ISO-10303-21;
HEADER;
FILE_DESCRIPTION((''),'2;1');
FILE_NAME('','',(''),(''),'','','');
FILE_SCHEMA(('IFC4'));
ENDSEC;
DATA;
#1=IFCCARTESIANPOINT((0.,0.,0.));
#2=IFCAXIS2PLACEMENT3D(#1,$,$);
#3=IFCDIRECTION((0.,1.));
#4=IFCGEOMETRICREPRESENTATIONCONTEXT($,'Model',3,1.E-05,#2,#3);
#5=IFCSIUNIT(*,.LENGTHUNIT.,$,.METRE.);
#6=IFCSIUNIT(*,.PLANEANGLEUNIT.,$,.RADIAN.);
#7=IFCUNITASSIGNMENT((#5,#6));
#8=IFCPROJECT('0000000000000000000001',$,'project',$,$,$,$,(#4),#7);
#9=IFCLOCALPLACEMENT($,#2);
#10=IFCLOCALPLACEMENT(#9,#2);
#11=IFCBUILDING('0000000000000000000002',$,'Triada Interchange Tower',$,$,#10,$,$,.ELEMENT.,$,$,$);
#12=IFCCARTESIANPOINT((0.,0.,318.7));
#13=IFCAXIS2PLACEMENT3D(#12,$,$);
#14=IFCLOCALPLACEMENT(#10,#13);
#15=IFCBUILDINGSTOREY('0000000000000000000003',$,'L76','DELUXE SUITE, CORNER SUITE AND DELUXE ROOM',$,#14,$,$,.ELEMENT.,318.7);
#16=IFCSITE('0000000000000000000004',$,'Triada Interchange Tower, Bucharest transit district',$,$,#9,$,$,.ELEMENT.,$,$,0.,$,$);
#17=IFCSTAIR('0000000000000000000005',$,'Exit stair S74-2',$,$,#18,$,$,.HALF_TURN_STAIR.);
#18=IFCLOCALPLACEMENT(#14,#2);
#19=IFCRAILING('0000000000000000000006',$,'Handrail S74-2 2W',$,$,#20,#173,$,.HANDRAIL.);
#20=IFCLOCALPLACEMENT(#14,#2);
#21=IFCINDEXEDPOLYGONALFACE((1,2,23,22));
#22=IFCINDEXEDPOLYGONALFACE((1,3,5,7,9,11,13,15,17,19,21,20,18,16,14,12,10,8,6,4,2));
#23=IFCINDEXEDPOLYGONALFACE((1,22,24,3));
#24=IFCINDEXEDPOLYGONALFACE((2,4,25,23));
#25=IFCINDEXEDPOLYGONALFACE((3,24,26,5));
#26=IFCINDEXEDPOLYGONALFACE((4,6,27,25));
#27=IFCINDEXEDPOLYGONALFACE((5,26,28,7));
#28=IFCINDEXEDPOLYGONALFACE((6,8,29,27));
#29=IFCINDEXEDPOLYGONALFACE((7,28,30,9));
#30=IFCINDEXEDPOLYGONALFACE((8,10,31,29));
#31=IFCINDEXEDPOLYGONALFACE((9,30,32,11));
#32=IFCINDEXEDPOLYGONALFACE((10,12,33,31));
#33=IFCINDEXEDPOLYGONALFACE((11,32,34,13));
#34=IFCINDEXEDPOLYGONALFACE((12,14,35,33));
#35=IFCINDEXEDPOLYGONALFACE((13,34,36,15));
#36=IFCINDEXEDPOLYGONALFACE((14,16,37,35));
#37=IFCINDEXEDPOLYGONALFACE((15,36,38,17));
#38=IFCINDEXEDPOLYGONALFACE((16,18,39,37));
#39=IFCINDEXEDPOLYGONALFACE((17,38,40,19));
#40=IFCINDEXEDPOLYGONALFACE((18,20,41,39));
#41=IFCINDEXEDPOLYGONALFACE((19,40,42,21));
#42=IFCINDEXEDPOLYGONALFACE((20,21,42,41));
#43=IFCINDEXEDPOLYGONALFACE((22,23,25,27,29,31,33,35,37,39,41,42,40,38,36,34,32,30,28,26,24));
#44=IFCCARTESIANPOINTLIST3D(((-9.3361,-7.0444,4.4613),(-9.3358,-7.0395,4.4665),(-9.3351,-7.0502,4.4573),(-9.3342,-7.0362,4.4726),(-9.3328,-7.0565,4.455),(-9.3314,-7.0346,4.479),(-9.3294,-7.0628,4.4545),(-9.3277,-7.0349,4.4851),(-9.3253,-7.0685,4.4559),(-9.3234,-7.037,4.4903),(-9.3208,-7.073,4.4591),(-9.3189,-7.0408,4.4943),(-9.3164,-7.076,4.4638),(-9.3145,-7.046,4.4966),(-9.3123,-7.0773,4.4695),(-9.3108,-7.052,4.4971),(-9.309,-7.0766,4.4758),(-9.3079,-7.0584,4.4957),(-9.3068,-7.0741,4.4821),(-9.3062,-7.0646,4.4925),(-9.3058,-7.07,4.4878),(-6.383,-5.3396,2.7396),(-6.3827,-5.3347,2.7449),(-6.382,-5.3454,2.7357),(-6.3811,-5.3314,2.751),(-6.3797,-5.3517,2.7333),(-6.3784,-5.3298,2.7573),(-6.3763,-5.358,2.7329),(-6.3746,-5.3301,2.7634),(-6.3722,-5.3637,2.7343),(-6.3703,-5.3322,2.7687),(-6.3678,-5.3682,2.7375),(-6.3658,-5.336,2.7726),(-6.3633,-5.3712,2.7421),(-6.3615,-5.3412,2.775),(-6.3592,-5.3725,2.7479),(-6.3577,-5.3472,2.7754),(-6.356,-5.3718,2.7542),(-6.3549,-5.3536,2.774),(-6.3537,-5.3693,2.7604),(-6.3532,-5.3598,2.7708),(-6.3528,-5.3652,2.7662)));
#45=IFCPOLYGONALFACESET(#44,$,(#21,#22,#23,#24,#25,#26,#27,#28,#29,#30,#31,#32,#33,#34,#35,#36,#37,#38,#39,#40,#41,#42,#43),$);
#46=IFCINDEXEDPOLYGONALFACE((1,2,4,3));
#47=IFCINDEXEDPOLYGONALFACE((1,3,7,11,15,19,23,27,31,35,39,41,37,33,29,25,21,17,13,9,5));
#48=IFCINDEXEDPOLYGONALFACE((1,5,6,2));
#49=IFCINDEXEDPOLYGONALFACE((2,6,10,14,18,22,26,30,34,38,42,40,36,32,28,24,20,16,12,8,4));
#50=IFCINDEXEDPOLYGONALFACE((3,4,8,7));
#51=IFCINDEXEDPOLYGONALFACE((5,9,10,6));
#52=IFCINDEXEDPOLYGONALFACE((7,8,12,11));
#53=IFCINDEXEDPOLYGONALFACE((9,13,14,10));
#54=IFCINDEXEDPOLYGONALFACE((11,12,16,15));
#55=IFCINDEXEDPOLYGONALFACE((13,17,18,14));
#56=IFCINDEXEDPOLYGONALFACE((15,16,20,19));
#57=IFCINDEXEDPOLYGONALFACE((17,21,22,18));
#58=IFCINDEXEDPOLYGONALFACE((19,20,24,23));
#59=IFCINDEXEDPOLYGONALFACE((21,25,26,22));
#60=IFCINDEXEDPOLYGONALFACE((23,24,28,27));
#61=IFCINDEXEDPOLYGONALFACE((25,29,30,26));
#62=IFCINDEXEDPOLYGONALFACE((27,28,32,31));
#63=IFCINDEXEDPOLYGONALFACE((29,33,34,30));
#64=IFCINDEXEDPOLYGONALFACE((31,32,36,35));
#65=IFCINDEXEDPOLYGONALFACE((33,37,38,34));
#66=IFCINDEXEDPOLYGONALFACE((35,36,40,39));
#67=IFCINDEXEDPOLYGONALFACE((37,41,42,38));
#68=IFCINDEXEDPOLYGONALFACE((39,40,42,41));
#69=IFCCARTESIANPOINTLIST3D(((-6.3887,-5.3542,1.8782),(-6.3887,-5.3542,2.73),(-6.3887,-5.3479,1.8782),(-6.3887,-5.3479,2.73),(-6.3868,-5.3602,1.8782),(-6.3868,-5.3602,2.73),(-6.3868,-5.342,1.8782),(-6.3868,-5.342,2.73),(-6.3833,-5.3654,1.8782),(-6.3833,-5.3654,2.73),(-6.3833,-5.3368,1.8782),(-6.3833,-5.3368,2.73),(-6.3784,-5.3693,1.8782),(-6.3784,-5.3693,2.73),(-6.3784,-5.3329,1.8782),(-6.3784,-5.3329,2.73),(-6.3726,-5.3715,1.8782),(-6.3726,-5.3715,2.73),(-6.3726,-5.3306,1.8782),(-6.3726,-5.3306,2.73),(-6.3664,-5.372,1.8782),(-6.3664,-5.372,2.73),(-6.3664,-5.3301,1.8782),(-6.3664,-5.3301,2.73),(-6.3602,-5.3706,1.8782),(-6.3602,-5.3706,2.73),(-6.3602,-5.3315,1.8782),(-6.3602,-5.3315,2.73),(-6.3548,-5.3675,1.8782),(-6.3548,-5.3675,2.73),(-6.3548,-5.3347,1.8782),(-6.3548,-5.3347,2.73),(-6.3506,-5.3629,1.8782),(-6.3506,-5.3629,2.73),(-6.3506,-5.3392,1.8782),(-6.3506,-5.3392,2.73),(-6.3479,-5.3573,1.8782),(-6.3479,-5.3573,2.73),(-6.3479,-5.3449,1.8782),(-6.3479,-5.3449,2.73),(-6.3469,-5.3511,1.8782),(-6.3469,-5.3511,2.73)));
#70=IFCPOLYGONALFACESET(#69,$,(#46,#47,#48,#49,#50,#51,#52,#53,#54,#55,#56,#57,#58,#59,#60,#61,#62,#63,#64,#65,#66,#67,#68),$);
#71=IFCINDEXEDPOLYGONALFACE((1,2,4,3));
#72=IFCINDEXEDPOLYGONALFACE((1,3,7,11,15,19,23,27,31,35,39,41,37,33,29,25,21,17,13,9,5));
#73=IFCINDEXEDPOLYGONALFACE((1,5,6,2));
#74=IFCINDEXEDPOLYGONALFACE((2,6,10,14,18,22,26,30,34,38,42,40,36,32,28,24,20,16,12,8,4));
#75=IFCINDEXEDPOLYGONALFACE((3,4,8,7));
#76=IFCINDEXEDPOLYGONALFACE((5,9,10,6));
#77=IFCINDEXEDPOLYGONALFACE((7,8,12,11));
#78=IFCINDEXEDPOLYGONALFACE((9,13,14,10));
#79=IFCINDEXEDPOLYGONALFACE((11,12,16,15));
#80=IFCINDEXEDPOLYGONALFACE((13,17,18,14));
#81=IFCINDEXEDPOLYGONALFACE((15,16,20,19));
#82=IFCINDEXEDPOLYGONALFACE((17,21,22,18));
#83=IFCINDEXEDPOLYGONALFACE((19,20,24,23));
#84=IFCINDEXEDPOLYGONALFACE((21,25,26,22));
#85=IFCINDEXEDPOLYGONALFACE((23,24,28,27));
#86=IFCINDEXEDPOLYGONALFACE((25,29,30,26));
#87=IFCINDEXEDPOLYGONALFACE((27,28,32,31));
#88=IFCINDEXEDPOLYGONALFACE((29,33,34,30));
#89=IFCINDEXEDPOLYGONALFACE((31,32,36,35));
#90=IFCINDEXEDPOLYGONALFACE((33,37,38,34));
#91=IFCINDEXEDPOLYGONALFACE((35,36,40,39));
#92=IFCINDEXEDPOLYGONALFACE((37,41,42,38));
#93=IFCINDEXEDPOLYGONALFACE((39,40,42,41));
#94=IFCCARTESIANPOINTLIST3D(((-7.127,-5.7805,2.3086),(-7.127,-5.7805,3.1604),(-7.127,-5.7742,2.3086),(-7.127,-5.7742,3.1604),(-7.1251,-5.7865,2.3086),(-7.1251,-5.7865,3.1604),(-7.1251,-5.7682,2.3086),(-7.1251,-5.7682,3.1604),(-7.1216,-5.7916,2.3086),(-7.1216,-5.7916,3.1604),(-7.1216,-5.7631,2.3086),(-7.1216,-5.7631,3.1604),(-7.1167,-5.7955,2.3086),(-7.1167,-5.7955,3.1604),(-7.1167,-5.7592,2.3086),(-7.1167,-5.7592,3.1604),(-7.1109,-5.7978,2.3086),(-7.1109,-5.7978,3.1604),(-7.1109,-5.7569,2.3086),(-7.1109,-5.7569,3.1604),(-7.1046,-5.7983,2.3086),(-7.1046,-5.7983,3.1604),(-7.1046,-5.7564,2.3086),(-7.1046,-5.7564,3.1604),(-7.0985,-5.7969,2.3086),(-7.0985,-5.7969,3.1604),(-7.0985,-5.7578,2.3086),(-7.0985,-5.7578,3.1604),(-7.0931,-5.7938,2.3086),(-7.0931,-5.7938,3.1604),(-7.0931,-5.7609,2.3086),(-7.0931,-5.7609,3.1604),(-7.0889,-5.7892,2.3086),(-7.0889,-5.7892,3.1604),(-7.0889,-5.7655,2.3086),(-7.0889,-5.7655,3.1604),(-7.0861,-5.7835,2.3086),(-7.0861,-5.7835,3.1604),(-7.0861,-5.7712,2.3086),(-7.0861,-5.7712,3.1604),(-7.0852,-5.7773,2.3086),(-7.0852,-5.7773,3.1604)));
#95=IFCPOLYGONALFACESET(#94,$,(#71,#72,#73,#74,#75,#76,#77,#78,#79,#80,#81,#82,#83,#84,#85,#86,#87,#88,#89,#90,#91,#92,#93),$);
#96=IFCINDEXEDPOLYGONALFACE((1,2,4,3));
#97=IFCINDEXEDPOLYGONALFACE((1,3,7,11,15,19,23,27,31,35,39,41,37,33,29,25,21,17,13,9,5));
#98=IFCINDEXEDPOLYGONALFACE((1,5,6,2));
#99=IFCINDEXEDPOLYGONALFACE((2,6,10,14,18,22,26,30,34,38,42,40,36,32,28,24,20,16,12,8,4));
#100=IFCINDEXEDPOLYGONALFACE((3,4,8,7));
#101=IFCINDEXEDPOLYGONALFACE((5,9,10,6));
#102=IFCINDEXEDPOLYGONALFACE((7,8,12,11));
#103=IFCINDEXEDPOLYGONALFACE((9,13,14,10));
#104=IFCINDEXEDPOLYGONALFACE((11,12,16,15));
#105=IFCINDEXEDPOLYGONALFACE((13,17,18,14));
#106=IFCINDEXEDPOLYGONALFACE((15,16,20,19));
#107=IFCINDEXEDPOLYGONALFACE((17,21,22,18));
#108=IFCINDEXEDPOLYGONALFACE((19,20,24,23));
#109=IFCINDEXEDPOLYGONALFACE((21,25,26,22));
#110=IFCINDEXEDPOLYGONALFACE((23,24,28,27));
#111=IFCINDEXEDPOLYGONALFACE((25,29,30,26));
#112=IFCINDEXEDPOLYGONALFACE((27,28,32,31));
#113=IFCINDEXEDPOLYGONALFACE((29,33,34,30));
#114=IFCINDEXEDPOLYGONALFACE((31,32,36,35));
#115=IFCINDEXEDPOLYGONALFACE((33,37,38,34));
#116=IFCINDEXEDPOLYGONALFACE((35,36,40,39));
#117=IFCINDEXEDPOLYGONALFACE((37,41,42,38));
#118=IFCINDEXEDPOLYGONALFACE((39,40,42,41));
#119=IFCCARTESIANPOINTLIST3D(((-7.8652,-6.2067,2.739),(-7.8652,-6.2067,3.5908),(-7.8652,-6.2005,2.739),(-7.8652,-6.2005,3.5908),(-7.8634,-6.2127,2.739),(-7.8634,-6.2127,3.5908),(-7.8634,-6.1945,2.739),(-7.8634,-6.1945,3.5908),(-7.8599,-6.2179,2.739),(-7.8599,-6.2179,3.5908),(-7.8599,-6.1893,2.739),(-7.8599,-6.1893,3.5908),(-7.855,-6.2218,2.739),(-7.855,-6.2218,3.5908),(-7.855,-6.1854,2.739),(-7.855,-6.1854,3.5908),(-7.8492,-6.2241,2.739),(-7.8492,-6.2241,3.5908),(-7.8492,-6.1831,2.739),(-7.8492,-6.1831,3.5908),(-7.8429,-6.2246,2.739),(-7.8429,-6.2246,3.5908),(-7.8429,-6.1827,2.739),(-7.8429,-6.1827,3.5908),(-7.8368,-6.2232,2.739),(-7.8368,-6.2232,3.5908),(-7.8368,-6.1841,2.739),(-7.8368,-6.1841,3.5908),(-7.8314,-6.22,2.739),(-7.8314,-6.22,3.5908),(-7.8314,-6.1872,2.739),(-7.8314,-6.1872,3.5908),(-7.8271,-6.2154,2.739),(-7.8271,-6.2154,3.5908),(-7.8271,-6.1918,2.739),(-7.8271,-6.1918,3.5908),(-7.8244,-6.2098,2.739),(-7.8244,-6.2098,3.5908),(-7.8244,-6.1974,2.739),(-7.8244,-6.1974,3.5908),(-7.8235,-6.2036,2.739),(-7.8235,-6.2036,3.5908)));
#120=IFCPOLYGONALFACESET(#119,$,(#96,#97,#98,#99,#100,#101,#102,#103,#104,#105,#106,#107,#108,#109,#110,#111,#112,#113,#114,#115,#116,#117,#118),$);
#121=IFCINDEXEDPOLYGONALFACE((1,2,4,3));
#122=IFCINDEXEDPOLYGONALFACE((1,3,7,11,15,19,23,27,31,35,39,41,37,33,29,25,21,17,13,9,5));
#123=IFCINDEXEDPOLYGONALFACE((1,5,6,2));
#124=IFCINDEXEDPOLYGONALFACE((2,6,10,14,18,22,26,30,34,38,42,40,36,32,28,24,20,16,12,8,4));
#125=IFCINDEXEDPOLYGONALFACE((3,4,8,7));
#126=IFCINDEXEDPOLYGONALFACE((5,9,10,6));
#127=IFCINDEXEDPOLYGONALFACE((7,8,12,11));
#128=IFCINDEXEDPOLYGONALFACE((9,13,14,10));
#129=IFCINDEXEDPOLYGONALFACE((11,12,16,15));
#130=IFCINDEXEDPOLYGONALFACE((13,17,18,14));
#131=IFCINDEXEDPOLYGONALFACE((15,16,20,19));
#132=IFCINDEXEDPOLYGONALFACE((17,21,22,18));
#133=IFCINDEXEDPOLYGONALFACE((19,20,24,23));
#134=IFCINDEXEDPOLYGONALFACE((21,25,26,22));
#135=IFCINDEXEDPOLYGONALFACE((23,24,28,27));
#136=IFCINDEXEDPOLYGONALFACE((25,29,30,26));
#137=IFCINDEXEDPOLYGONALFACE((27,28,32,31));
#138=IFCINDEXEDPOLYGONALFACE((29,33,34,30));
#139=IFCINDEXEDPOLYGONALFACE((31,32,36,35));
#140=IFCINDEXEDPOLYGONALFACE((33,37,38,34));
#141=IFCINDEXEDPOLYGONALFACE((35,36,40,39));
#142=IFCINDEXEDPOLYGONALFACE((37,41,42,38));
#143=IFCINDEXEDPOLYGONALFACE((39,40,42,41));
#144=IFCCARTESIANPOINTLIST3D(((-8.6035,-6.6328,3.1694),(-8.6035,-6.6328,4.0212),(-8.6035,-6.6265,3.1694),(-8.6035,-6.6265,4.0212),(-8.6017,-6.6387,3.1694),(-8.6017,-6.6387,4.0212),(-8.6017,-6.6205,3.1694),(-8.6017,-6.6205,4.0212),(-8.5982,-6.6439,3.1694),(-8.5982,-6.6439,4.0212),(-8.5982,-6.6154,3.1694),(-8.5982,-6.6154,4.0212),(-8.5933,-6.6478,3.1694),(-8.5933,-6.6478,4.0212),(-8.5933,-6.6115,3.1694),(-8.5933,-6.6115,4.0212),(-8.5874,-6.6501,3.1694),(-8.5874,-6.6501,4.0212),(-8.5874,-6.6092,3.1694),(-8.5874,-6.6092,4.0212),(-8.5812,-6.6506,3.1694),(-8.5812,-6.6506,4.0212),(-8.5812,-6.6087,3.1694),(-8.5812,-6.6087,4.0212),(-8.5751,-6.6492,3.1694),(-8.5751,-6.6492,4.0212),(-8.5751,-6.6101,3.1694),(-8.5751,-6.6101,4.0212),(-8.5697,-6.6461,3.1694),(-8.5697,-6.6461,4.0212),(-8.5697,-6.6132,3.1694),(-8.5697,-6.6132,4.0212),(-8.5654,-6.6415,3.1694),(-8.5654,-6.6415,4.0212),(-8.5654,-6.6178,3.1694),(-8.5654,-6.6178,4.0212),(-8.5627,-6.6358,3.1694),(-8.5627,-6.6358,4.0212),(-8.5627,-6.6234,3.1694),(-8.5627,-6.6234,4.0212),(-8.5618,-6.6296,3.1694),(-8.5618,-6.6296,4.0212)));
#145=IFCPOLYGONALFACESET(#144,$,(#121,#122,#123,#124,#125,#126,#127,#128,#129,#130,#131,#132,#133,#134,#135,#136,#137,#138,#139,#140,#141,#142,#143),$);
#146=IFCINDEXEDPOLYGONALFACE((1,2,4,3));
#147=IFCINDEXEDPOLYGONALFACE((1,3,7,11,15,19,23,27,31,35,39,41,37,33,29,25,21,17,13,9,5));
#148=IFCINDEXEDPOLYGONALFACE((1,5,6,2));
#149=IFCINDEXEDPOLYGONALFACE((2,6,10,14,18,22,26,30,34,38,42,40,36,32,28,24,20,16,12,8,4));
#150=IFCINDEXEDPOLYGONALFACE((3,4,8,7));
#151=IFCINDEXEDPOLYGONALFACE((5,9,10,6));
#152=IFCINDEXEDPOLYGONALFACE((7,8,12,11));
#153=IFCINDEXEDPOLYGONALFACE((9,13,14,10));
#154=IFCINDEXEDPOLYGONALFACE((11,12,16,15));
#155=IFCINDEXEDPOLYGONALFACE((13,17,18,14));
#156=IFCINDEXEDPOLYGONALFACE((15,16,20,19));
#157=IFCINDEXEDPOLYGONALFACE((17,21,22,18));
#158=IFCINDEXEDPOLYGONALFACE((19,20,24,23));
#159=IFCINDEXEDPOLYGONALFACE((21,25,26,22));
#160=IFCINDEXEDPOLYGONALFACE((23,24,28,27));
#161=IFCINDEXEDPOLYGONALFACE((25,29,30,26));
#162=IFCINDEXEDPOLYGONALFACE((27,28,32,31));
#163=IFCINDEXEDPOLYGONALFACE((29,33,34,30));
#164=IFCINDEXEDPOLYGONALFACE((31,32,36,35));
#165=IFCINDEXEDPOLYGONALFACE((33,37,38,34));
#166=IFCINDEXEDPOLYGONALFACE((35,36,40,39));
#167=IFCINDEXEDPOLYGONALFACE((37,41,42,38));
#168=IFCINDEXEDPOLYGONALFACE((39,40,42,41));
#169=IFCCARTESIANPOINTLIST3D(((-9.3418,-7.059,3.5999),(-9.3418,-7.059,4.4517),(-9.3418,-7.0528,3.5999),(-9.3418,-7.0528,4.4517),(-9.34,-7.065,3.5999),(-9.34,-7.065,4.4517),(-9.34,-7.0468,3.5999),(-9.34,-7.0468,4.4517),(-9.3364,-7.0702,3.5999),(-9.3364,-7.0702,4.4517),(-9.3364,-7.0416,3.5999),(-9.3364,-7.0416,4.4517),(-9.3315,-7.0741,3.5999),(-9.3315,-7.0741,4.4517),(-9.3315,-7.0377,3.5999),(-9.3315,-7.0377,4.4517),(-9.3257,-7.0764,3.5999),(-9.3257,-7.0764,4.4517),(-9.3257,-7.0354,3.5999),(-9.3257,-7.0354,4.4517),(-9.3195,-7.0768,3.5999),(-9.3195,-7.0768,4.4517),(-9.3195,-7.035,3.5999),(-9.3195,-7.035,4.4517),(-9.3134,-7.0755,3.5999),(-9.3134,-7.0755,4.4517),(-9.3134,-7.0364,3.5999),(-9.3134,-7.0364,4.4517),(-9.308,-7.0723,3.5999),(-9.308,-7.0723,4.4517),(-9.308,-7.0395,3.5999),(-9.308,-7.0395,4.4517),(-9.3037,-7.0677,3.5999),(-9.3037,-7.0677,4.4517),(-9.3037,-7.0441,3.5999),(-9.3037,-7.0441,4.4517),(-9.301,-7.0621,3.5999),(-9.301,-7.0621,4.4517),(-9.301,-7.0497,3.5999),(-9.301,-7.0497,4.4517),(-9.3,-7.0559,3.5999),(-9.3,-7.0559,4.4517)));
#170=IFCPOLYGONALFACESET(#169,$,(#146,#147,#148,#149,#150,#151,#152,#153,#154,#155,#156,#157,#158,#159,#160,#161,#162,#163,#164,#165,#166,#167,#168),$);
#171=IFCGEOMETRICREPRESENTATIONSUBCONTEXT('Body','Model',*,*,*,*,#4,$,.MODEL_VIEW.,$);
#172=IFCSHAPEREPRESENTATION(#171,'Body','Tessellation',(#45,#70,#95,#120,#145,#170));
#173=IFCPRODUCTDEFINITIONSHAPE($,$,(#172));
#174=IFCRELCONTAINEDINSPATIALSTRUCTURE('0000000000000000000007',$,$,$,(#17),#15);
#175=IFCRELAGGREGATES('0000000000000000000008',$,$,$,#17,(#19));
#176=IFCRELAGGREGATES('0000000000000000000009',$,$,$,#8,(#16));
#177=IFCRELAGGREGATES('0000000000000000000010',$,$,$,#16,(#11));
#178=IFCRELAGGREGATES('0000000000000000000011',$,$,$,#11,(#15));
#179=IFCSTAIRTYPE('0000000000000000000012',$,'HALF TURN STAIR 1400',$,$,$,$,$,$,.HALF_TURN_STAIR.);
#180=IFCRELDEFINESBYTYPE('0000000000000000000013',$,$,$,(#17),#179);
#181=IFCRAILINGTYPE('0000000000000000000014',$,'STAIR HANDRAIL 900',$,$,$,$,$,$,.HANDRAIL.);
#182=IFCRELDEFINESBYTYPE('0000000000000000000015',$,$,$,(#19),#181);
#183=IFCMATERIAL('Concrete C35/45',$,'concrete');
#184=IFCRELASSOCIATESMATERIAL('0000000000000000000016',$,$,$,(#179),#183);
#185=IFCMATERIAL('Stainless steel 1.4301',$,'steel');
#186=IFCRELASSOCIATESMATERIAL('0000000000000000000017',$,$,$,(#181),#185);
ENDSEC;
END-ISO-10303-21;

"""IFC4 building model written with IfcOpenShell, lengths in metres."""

from ifc_helpers import new_model, si_unit, direction, frame, origin, origin_2d, place, context, subcontext, project, spatial, circle, extrude, material, type_object, element, aggregate, save


model = new_model("IFC4")

# Units and contexts
model_context = context("Model", 3, precision=1e-05, world=origin(), true_north=direction((0.0, 1.0)))
body_context = subcontext(model_context, "Body", "Model", "MODEL_VIEW")
ifc_project = project(units=[si_unit("LENGTHUNIT", "METRE"), si_unit("PLANEANGLEUNIT", "RADIAN")], contexts=[model_context])

# Site, building, storey
site_placement = place(None, origin())
site = spatial("IfcSite", under=ifc_project, at=site_placement, Name="Triada Interchange Tower, Bucharest transit district", CompositionType="ELEMENT", RefElevation=0.0)
building_placement = place(site_placement, origin())
building = spatial("IfcBuilding", under=site, at=building_placement, Name="Triada Interchange Tower", CompositionType="ELEMENT")
storey_placement = place(building_placement, frame((0.0, 0.0, 318.7)))
storey = spatial("IfcBuildingStorey", under=building, at=storey_placement, Name="L76", Description="DELUXE SUITE, CORNER SUITE AND DELUXE ROOM", CompositionType="ELEMENT", Elevation=318.7)

# Stair, railing
ifc_material_1 = material(Name="Concrete C35/45", Category="concrete")
stair_type = type_object("IfcStairType", Name="HALF TURN STAIR 1400", PredefinedType="HALF_TURN_STAIR", material=ifc_material_1)
stair_placement = place(storey_placement, origin())
stair = element("IfcStair", 1, at=stair_placement, inside=storey, type_object=stair_type, Name="Exit stair S74-2", PredefinedType="HALF_TURN_STAIR")
ifc_material_2 = material(Name="Stainless steel 1.4301", Category="steel")
railing_type = type_object("IfcRailingType", Name="STAIR HANDRAIL 900", PredefinedType="HANDRAIL", material=ifc_material_2)
railing_1_placement = place(storey_placement, frame((-6.3679, -5.3511, 1.8782)))
railing_1 = element("IfcRailing", 2, at=railing_1_placement, type_object=railing_type, Name="Handrail S74-2 2W", PredefinedType="HANDRAIL", context=body_context, shape_type="SweptSolid", body=[
    extrude(circle(Radius=0.0239, at=origin_2d()), frame((0.0, 0.0, 0.876), z_axis=(-0.773091, -0.446304, 0.450714), x_axis=(0.499966, -0.866045, 0.0)), (0.0, 0.0, 1.0), 3.8198),
    extrude(circle(Radius=0.021, at=origin_2d()), origin(), (0.0, 0.0, 1.0), 0.8518),
    extrude(circle(Radius=0.021, at=origin_2d()), frame((-0.7383, -0.4263, 0.4304)), (0.0, 0.0, 1.0), 0.8518),
    extrude(circle(Radius=0.021, at=origin_2d()), frame((-1.4766, -0.8525, 0.8608)), (0.0, 0.0, 1.0), 0.8518),
    extrude(circle(Radius=0.021, at=origin_2d()), frame((-2.2148, -1.2786, 1.2913)), (0.0, 0.0, 1.0), 0.8518),
    extrude(circle(Radius=0.021, at=origin_2d()), frame((-2.9531, -1.7048, 1.7217)), (0.0, 0.0, 1.0), 0.8518),
])
aggregate(stair, [railing_1])

save(model, "model.ifc")
